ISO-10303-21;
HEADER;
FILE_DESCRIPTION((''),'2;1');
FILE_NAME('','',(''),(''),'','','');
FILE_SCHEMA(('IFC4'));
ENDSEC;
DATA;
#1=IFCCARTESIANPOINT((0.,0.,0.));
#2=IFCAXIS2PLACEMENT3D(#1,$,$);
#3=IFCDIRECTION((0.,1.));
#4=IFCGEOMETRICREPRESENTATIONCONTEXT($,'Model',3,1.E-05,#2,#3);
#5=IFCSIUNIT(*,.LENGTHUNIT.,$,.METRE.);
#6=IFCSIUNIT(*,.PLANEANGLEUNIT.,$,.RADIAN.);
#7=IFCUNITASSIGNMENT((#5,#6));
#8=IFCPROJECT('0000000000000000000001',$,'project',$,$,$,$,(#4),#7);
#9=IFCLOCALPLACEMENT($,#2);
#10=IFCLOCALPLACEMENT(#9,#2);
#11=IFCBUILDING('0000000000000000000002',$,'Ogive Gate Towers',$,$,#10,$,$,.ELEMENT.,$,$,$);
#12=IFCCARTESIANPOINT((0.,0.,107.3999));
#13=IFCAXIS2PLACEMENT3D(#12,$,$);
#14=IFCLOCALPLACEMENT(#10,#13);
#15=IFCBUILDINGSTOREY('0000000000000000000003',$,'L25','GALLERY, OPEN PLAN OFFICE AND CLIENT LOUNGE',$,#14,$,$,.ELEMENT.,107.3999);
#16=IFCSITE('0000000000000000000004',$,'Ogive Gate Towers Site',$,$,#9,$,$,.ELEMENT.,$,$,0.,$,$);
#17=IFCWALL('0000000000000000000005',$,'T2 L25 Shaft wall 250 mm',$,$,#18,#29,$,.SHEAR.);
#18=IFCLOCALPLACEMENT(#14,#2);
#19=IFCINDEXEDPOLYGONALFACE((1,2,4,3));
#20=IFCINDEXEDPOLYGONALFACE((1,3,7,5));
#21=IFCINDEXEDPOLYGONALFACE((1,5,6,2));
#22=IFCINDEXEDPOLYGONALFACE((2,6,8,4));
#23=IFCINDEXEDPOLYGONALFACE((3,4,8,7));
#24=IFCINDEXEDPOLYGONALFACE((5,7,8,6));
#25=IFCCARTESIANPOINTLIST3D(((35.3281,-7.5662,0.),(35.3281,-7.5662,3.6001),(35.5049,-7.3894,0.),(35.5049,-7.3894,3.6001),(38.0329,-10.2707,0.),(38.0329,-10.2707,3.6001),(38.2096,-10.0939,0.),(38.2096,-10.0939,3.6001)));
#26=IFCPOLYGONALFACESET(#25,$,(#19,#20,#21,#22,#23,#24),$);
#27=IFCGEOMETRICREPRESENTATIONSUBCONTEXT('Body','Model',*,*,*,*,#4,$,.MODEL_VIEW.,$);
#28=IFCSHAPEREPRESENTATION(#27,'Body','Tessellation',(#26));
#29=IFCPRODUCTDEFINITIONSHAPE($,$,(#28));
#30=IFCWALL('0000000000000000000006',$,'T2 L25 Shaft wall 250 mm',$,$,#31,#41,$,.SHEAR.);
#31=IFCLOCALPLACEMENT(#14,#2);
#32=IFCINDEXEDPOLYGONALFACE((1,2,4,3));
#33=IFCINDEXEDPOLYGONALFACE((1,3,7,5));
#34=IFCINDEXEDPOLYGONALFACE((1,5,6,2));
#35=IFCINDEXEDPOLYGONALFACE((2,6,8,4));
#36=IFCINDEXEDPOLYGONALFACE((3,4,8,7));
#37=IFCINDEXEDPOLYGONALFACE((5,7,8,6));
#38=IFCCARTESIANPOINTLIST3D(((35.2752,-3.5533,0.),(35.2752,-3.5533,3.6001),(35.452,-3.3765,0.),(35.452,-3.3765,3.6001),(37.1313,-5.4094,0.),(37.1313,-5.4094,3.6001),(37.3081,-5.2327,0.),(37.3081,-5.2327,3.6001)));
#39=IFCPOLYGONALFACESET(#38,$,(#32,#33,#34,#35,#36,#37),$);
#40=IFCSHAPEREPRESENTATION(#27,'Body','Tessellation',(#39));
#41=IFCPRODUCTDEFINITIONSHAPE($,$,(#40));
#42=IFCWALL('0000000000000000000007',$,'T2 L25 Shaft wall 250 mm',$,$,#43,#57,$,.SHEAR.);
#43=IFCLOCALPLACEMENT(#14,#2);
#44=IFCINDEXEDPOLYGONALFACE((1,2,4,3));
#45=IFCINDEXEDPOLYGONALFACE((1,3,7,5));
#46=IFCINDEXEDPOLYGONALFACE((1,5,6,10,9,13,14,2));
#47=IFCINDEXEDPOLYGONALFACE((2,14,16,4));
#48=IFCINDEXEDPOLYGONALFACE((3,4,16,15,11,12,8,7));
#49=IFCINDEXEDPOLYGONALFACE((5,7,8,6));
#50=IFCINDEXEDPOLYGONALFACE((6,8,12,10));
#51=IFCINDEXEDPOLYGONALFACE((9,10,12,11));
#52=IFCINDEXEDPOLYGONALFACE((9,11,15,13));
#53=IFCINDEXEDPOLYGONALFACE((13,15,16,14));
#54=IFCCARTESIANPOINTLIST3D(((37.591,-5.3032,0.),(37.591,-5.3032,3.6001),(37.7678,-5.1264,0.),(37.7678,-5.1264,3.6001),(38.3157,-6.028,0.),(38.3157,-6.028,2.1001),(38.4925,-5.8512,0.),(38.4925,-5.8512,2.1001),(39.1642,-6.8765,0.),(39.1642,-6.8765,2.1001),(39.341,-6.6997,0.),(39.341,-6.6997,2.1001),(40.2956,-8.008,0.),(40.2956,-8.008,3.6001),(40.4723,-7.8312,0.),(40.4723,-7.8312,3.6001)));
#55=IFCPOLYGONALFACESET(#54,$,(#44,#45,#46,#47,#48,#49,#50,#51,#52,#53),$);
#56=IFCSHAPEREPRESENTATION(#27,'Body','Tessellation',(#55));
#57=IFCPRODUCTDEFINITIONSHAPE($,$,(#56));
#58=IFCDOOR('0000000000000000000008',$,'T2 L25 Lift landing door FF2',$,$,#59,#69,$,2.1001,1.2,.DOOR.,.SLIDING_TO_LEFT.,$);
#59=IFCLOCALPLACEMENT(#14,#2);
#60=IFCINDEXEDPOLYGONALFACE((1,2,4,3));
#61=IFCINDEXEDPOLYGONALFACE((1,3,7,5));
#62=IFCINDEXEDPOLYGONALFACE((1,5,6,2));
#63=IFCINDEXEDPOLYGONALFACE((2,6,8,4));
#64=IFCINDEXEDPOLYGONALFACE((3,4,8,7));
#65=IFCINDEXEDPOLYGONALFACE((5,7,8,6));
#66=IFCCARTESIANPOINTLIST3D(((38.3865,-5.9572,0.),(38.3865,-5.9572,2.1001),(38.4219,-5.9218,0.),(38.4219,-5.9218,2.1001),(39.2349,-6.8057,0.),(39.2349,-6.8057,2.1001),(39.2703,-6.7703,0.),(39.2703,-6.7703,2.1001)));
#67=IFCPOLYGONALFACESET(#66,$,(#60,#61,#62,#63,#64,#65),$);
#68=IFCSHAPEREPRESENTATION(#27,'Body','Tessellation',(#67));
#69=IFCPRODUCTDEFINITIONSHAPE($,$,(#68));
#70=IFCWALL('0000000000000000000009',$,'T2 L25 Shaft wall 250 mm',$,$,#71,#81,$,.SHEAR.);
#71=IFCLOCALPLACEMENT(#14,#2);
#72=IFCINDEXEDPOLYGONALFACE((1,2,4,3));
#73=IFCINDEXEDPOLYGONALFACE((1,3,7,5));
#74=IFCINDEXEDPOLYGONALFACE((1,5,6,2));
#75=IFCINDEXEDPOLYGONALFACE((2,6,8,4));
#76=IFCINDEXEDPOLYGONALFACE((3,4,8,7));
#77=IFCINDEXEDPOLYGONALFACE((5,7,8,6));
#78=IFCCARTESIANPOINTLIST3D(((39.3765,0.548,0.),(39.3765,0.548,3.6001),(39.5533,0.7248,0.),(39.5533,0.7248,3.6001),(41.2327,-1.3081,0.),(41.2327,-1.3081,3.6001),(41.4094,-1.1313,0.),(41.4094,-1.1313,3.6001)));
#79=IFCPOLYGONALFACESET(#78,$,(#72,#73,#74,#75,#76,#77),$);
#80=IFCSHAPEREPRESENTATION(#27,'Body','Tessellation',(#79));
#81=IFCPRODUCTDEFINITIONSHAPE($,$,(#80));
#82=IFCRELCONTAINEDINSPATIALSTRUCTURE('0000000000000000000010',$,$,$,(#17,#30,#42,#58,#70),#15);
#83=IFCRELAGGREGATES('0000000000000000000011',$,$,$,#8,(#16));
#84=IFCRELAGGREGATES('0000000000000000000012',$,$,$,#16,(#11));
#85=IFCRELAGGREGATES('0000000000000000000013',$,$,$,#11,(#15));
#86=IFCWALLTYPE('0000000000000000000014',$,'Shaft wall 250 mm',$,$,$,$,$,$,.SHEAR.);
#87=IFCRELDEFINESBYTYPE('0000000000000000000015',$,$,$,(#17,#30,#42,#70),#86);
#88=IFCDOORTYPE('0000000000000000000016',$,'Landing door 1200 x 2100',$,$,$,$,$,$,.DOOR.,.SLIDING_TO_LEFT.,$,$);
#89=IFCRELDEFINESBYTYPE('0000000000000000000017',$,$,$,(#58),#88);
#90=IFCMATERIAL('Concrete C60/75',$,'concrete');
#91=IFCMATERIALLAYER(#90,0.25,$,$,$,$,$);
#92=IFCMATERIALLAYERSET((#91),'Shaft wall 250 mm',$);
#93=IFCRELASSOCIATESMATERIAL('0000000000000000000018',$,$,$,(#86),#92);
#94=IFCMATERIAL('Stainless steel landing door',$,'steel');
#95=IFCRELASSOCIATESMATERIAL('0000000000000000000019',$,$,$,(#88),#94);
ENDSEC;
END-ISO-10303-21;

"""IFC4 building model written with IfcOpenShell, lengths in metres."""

from ifc_helpers import new_model, si_unit, direction, frame, frame_2d, origin, place, context, subcontext, project, spatial, rectangle, extrude, material, layer, layer_set, type_object, element, fill, save


model = new_model("IFC4")

# Units and contexts
model_context = context("Model", 3, precision=1e-05, world=origin(), true_north=direction((0.0, 1.0)))
body_context = subcontext(model_context, "Body", "Model", "MODEL_VIEW")
ifc_project = project(units=[si_unit("LENGTHUNIT", "METRE"), si_unit("PLANEANGLEUNIT", "RADIAN")], contexts=[model_context])

# Site, building, storey
site_placement = place(None, origin())
site = spatial("IfcSite", under=ifc_project, at=site_placement, Name="Ogive Gate Towers Site", CompositionType="ELEMENT", RefElevation=0.0)
building_placement = place(site_placement, origin())
building = spatial("IfcBuilding", under=site, at=building_placement, Name="Ogive Gate Towers", CompositionType="ELEMENT")
storey_placement = place(building_placement, frame((0.0, 0.0, 107.3999)))
storey = spatial("IfcBuildingStorey", under=building, at=storey_placement, Name="L25", Description="GALLERY, OPEN PLAN OFFICE AND CLIENT LOUNGE", CompositionType="ELEMENT", Elevation=107.3999)

# Shared definitions
ifc_material_1 = material(Name="Concrete C60/75", Category="concrete")

# Walls
ifc_layer_1 = layer(ifc_material_1, 0.25)
ifc_layer_set_1 = layer_set([ifc_layer_1], Name="Shaft wall 250 mm")
wall_type_1 = type_object("IfcWallType", Name="Shaft wall 250 mm", PredefinedType="SHEAR", material=ifc_layer_set_1)
wall_1_placement = place(storey_placement, frame((38.1213, -10.1824, 0.0), z_axis=(0.0, 0.0, 1.0), x_axis=(-0.707139, 0.707075, 0.0)))
element("IfcWall", 1, at=wall_1_placement, inside=storey, type_object=wall_type_1, Name="T2 L25 Shaft wall 250 mm", PredefinedType="SHEAR", context=body_context, shape_type="SweptSolid", body=[
    extrude(rectangle(XDim=3.825, YDim=0.25, at=frame_2d((1.9126, 0.0))), origin(), (0.0, 0.0, 1.0), 3.6001),
])
wall_2_placement = place(storey_placement, frame((37.2197, -5.321, 0.0), z_axis=(0.0, 0.0, 1.0), x_axis=(-0.707107, 0.707107, 0.0)))
element("IfcWall", 2, at=wall_2_placement, inside=storey, type_object=wall_type_1, Name="T2 L25 Shaft wall 250 mm", PredefinedType="SHEAR", context=body_context, shape_type="SweptSolid", body=[
    extrude(rectangle(XDim=2.625, YDim=0.25, at=frame_2d((1.3125, 0.0))), origin(), (0.0, 0.0, 1.0), 3.6001),
])

# Wall, opening, door
wall_3_placement = place(storey_placement, frame((40.384, -7.9197, 0.0), z_axis=(0.0, 0.0, 1.0), x_axis=(-0.707075, 0.707139, 0.0)))
wall_3 = element("IfcWall", 3, at=wall_3_placement, inside=storey, type_object=wall_type_1, Name="T2 L25 Shaft wall 250 mm", PredefinedType="SHEAR", context=body_context, shape_type="SweptSolid", body=[
    extrude(rectangle(XDim=3.825, YDim=0.25, at=frame_2d((1.9126, 0.0))), origin(), (0.0, 0.0, 1.0), 3.6001),
])
opening_1_placement = place(wall_3_placement, frame((1.6001, 0.0, 0.0)))
opening_1 = element("IfcOpeningElement", 4, at=opening_1_placement, cuts=wall_3, PredefinedType="OPENING", context=body_context, shape_type="SweptSolid", body=[
    extrude(rectangle(XDim=1.2, YDim=2.1001, at=frame_2d((0.6001, 1.05))), frame((0.0, 0.135, 0.0), z_axis=(0.0, -1.0, 0.0), x_axis=(1.0, 0.0, 0.0)), (0.0, 0.0, 1.0), 0.27),
])
ifc_material_2 = material(Name="Stainless steel landing door", Category="steel")
door_type_1 = type_object("IfcDoorType", Name="Landing door 1200 x 2100", OperationType="SLIDING_TO_LEFT", PredefinedType="DOOR", material=ifc_material_2)
door_1_placement = place(opening_1_placement, origin())
door_1 = element("IfcDoor", 5, at=door_1_placement, inside=storey, type_object=door_type_1, Name="T2 L25 Lift landing door FF2", OperationType="SLIDING_TO_LEFT", OverallHeight=2.1001, OverallWidth=1.2, PredefinedType="DOOR", context=body_context, shape_type="SweptSolid", body=[
    extrude(rectangle(XDim=1.2, YDim=2.1001, at=frame_2d((0.6001, 1.05))), frame((0.0, 0.0249, 0.0), z_axis=(0.0, -1.0, 0.0), x_axis=(1.0, 0.0, 0.0)), (0.0, 0.0, 1.0), 0.05),
])
fill(opening_1, door_1)

# Wall
wall_4_placement = place(storey_placement, frame((41.321, -1.2197, 0.0), z_axis=(0.0, 0.0, 1.0), x_axis=(-0.707107, 0.707107, 0.0)))
element("IfcWall", 6, at=wall_4_placement, inside=storey, type_object=wall_type_1, Name="T2 L25 Shaft wall 250 mm", PredefinedType="SHEAR", context=body_context, shape_type="SweptSolid", body=[
    extrude(rectangle(XDim=2.625, YDim=0.25, at=frame_2d((1.3125, 0.0))), origin(), (0.0, 0.0, 1.0), 3.6001),
])

save(model, "model.ifc")
